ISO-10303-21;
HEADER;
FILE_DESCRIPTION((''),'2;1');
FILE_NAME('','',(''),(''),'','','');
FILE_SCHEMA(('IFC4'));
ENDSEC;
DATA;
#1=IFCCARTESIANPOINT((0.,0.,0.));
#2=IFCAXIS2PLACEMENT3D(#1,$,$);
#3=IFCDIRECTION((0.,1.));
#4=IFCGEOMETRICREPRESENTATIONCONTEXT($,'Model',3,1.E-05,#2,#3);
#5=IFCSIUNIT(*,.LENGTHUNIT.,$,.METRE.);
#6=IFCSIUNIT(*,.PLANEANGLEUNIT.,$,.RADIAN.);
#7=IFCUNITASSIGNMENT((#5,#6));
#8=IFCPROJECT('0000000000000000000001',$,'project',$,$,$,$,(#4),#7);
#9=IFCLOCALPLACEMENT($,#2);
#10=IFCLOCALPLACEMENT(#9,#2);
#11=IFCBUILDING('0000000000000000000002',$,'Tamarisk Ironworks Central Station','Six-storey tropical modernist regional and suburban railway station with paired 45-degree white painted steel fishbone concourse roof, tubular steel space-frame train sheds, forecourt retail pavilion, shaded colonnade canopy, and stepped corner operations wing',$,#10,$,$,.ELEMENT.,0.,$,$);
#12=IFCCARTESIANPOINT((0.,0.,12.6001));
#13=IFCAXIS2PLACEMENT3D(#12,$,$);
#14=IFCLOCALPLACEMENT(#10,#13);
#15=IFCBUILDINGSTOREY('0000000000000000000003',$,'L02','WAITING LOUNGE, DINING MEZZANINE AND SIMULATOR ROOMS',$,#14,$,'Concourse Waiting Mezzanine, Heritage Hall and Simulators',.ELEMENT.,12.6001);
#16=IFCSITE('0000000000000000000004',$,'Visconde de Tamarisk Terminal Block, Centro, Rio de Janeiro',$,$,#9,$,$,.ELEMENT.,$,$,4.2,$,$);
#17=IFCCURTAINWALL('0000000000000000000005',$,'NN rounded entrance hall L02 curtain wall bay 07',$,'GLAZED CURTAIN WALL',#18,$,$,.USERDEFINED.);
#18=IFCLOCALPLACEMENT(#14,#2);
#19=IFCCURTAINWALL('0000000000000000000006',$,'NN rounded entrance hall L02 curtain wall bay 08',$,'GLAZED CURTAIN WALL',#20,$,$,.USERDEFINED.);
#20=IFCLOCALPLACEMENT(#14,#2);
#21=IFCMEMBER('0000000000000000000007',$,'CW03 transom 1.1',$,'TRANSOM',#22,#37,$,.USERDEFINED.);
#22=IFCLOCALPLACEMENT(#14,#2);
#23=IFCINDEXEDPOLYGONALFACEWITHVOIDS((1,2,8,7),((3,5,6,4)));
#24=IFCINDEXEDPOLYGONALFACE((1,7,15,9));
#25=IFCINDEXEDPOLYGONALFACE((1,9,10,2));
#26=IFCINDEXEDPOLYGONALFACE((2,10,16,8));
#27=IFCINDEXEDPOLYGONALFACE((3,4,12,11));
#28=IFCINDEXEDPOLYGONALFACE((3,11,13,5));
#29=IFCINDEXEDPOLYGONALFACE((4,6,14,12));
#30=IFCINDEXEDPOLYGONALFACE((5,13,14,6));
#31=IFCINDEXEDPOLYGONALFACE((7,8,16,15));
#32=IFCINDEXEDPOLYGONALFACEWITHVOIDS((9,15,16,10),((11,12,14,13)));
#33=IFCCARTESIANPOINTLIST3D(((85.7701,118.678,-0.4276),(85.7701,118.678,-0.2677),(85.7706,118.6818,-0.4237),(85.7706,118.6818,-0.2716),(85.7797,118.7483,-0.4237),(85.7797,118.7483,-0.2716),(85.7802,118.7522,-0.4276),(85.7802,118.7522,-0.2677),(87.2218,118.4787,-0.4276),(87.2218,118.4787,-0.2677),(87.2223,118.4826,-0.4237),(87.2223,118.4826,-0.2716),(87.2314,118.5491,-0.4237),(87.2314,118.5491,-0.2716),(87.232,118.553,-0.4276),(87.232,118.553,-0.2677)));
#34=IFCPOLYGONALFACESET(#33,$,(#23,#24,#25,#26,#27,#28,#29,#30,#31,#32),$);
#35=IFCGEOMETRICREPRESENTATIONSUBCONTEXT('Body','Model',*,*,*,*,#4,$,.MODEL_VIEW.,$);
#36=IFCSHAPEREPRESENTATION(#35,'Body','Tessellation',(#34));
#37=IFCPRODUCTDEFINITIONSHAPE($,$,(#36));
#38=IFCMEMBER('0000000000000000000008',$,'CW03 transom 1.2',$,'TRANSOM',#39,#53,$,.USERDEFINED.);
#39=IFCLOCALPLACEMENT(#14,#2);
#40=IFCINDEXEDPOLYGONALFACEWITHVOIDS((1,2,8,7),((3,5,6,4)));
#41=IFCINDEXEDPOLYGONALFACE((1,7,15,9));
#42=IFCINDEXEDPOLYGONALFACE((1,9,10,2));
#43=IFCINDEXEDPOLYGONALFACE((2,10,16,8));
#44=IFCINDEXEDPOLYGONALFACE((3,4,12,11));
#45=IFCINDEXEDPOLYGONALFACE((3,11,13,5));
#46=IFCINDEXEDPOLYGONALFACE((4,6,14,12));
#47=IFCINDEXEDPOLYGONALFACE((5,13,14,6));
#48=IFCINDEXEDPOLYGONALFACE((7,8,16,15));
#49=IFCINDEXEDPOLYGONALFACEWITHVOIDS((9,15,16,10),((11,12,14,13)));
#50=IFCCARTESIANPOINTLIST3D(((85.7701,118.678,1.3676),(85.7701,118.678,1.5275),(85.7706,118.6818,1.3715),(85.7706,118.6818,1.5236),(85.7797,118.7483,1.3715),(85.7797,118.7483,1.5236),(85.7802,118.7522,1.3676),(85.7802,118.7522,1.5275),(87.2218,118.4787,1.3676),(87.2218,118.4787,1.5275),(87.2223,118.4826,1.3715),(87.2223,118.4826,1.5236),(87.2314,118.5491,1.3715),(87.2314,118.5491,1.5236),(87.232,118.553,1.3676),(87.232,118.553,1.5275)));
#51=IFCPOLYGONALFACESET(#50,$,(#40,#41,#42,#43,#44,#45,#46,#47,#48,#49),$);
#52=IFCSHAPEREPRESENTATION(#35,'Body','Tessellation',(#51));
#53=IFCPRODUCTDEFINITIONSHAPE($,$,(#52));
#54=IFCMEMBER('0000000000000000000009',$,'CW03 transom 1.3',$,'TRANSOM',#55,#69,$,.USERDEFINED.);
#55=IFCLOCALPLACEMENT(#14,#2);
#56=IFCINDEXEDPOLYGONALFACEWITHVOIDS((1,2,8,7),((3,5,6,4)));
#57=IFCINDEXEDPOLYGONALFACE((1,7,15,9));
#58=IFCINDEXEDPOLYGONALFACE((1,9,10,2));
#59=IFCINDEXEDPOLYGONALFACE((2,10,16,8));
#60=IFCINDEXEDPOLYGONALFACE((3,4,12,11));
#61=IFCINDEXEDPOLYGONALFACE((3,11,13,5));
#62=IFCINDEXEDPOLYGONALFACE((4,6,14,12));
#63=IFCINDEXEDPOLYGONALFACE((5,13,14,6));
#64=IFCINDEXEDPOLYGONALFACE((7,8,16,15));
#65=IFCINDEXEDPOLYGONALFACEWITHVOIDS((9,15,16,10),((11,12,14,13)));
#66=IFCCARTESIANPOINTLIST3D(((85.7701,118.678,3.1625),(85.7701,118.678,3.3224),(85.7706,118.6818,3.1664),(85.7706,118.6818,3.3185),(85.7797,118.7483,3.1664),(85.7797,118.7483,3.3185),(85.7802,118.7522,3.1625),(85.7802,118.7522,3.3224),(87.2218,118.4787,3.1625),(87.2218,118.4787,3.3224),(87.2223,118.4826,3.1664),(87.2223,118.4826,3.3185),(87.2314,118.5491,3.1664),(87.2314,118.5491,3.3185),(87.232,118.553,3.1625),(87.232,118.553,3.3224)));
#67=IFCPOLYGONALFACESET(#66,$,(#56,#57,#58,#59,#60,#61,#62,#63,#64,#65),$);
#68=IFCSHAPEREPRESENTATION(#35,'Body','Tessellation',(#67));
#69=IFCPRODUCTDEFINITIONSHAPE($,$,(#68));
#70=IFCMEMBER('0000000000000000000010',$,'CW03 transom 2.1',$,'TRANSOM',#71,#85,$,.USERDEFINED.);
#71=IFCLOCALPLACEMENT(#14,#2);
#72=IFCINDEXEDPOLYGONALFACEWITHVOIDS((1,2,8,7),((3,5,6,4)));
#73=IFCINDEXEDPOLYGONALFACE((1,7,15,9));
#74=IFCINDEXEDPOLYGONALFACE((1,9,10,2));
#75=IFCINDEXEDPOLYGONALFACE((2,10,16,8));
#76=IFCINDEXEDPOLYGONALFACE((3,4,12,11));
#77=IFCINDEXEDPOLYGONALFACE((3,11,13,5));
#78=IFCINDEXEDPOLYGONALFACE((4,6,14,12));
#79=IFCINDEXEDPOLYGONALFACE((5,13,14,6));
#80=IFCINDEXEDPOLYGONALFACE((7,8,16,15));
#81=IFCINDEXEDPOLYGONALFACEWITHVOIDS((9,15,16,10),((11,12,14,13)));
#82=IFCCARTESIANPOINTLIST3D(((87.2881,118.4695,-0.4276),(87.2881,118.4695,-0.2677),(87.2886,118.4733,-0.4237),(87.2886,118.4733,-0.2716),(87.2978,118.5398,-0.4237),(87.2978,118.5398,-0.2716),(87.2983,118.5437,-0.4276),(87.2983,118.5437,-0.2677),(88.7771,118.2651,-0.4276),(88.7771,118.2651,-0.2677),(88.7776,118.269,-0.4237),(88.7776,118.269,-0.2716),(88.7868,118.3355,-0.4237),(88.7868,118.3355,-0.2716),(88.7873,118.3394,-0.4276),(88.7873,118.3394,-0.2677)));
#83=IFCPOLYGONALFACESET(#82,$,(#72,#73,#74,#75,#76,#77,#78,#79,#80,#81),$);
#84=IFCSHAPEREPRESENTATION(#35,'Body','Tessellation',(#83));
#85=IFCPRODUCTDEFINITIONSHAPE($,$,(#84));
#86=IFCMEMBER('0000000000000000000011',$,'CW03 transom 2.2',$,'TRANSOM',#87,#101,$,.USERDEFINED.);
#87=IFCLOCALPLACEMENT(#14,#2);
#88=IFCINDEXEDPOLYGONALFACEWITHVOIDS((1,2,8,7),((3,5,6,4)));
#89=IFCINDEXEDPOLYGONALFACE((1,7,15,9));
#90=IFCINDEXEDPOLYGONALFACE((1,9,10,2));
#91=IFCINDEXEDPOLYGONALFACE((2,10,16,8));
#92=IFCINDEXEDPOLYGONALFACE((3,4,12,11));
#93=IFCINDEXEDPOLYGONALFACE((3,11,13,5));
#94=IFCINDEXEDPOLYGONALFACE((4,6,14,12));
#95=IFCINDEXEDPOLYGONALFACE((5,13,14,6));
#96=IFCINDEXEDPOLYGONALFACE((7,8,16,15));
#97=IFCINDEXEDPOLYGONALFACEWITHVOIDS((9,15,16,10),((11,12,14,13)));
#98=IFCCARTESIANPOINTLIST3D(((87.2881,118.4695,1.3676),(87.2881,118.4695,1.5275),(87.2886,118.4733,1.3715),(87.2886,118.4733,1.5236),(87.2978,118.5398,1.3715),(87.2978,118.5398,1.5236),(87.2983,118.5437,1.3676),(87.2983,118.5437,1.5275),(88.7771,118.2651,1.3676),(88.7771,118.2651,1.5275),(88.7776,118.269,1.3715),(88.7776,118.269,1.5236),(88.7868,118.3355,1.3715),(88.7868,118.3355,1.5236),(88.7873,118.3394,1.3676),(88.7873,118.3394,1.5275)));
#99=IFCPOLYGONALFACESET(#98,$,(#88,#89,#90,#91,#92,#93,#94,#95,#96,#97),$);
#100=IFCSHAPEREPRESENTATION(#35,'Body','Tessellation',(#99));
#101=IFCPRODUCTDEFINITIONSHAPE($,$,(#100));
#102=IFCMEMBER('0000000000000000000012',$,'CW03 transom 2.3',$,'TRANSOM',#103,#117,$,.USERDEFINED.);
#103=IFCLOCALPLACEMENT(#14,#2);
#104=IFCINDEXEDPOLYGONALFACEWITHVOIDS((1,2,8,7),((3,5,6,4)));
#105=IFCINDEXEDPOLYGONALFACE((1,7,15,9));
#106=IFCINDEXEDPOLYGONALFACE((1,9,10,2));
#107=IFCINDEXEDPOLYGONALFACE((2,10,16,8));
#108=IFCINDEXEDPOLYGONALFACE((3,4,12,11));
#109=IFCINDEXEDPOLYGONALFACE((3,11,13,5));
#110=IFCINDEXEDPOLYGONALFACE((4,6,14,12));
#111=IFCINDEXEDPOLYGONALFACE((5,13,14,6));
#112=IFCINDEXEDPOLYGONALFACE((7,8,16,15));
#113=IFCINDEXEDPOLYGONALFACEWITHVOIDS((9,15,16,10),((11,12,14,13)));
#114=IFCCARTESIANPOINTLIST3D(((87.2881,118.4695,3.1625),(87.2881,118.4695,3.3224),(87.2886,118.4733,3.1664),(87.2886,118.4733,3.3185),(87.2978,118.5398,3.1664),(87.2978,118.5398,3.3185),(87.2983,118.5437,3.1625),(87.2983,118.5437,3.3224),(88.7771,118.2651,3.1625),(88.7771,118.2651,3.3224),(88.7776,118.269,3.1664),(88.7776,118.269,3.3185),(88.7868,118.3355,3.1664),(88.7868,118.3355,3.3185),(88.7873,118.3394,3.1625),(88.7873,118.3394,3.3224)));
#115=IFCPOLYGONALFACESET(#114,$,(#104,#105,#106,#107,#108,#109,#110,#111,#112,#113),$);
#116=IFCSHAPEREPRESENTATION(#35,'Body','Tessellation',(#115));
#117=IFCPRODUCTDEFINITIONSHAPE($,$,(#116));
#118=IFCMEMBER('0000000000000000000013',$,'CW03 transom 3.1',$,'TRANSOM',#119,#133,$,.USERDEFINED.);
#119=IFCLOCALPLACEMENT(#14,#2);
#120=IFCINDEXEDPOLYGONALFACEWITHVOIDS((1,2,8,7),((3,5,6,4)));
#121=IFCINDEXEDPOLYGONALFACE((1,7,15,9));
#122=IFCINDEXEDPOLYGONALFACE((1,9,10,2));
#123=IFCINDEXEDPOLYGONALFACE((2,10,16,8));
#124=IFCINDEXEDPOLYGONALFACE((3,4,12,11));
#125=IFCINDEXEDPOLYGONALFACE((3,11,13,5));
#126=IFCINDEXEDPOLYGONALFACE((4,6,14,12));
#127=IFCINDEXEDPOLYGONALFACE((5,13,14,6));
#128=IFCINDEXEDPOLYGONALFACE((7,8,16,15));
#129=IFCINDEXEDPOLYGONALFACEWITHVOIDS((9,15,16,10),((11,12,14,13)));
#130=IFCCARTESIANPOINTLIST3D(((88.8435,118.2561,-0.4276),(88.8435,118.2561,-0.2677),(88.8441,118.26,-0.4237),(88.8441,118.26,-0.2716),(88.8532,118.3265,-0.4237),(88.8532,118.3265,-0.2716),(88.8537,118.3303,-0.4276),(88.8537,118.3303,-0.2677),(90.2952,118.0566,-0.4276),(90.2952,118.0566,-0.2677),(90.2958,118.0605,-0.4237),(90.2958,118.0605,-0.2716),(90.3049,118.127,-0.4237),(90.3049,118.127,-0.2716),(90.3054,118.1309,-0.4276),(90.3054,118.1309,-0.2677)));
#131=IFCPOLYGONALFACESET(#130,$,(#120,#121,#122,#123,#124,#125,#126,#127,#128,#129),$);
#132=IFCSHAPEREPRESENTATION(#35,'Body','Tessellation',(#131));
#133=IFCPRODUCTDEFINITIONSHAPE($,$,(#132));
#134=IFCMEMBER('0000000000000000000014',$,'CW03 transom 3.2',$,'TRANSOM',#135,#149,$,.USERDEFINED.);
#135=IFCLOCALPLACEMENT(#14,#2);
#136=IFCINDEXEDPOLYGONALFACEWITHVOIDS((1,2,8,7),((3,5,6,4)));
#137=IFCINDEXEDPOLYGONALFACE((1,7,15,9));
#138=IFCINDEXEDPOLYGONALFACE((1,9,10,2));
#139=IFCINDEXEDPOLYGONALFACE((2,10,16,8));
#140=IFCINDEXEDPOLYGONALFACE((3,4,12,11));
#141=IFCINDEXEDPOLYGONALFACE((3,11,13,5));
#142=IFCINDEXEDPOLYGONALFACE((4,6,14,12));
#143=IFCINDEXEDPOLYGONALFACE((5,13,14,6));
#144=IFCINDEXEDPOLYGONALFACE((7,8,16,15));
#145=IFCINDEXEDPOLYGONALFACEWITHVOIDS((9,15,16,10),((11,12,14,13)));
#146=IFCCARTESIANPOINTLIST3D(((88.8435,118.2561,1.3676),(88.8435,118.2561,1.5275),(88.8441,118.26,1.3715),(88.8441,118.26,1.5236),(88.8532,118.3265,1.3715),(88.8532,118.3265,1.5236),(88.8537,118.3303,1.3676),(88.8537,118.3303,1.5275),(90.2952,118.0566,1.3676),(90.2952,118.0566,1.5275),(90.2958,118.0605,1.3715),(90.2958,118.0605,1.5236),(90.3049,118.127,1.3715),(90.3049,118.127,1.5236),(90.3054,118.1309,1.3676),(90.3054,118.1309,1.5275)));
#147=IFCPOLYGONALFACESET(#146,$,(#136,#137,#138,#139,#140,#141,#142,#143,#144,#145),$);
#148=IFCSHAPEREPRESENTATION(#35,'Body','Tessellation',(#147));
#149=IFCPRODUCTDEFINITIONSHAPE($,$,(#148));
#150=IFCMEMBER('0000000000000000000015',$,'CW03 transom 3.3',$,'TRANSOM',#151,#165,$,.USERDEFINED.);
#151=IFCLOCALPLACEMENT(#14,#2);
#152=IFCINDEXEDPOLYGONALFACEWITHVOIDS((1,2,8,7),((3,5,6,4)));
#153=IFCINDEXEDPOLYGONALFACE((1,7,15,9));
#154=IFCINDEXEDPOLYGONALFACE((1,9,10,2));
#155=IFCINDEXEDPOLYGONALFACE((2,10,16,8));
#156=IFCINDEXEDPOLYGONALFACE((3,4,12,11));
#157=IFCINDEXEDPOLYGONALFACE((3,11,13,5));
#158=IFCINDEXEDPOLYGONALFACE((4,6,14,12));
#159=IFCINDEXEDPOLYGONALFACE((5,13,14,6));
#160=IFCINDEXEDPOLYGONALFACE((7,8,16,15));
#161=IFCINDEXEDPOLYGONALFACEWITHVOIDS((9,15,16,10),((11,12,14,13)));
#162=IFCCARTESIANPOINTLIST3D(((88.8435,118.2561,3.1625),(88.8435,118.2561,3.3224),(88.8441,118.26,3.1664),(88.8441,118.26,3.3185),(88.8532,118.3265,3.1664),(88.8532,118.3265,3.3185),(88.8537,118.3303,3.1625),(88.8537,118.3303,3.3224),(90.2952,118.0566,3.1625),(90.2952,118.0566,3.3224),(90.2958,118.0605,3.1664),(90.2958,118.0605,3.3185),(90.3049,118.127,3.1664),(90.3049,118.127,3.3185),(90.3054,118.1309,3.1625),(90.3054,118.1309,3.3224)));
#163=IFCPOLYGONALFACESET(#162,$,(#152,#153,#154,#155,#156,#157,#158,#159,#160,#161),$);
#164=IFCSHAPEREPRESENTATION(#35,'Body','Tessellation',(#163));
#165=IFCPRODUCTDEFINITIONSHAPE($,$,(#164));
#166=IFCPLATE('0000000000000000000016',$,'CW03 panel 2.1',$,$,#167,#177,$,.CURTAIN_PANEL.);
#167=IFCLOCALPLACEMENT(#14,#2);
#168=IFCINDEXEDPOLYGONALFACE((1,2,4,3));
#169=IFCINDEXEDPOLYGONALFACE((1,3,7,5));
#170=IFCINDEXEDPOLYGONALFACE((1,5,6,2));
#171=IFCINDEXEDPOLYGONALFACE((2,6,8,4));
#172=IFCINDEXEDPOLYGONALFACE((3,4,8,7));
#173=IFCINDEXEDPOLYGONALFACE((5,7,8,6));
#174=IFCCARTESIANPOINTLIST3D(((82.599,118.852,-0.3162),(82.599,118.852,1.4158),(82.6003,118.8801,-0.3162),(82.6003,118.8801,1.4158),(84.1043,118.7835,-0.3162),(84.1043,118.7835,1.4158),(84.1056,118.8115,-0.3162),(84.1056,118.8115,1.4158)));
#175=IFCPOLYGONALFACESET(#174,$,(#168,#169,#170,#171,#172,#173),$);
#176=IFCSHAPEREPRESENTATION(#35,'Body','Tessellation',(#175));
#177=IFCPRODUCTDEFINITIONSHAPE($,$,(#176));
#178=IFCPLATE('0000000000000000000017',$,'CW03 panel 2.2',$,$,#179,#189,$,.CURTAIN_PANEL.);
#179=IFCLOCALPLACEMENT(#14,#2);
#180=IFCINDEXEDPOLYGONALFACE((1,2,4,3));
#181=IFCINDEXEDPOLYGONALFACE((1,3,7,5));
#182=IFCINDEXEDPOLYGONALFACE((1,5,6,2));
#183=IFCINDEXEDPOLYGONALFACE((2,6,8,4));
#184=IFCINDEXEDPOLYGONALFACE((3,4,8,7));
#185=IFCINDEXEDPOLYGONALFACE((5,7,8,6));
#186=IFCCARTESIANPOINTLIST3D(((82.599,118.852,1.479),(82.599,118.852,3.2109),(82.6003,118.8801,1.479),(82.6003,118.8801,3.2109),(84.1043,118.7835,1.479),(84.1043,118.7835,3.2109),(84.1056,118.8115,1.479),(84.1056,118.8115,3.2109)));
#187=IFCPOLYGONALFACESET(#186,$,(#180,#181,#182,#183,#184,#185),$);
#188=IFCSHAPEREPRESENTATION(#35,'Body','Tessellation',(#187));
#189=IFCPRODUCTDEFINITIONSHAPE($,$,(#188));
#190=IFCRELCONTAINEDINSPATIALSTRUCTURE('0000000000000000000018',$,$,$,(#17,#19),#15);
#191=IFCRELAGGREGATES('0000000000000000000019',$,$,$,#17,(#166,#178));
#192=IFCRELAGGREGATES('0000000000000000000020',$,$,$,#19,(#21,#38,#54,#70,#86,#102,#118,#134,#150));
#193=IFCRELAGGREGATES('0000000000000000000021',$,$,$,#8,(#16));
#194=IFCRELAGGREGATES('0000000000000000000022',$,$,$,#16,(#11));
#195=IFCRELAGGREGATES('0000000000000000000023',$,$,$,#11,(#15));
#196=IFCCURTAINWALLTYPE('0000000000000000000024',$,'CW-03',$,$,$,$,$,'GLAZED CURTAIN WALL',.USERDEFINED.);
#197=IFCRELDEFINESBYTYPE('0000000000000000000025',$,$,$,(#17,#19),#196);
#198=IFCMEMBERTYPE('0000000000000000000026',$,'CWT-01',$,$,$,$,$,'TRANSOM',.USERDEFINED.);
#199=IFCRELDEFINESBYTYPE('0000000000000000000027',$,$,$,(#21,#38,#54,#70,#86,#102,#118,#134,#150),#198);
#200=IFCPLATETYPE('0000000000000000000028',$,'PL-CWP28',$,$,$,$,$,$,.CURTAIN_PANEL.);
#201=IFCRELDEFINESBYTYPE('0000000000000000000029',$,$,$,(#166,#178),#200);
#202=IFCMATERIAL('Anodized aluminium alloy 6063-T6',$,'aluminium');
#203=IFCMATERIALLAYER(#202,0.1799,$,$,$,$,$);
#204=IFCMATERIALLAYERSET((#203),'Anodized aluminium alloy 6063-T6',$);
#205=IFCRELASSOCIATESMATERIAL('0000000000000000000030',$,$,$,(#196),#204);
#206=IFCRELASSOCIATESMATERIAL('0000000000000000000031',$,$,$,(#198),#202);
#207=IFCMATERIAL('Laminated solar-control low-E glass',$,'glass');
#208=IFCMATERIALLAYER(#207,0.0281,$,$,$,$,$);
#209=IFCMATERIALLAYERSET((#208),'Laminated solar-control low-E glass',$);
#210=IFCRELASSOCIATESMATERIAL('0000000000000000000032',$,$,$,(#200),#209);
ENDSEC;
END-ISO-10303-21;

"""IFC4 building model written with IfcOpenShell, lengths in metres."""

from ifc_helpers import new_model, si_unit, direction, frame, origin, origin_2d, place, context, subcontext, project, spatial, rectangle, hollow_rectangle, extrude, material, layer, layer_set, material_profile, profile_set, type_object, element, aggregate, save


model = new_model("IFC4")

# Units and contexts
model_context = context("Model", 3, precision=1e-05, world=origin(), true_north=direction((0.0, 1.0)))
body_context = subcontext(model_context, "Body", "Model", "MODEL_VIEW")
ifc_project = project(units=[si_unit("LENGTHUNIT", "METRE"), si_unit("PLANEANGLEUNIT", "RADIAN")], contexts=[model_context])

# Site, building, storey
site_placement = place(None, origin())
site = spatial("IfcSite", under=ifc_project, at=site_placement, Name="Visconde de Tamarisk Terminal Block, Centro, Rio de Janeiro", CompositionType="ELEMENT", RefElevation=4.2)
building_placement = place(site_placement, origin())
building = spatial("IfcBuilding", under=site, at=building_placement, Name="Tamarisk Ironworks Central Station", Description="Six-storey tropical modernist regional and suburban railway station with paired 45-degree white painted steel fishbone concourse roof, tubular steel space-frame train sheds, forecourt retail pavilion, shaded colonnade canopy, and stepped corner operations wing", CompositionType="ELEMENT", ElevationOfRefHeight=0.0)
storey_placement = place(building_placement, frame((0.0, 0.0, 12.6001)))
storey = spatial("IfcBuildingStorey", under=building, at=storey_placement, Name="L02", Description="WAITING LOUNGE, DINING MEZZANINE AND SIMULATOR ROOMS", LongName="Concourse Waiting Mezzanine, Heritage Hall and Simulators", CompositionType="ELEMENT", Elevation=12.6001)

# Curtain walls
ifc_material_1 = material(Name="Anodized aluminium alloy 6063-T6", Category="aluminium")
ifc_layer_1 = layer(ifc_material_1, 0.1799)
ifc_layer_set_1 = layer_set([ifc_layer_1], Name="Anodized aluminium alloy 6063-T6")
curtain_wall_type = type_object("IfcCurtainWallType", Name="CW-03", ElementType="GLAZED CURTAIN WALL", PredefinedType="USERDEFINED", material=ifc_layer_set_1)
curtain_wall_1_placement = place(storey_placement, origin())
curtain_wall_1 = element("IfcCurtainWall", 1, at=curtain_wall_1_placement, inside=storey, type_object=curtain_wall_type, Name="NN rounded entrance hall L02 curtain wall bay 07", ObjectType="GLAZED CURTAIN WALL", PredefinedType="USERDEFINED")
curtain_wall_2_placement = place(storey_placement, origin())
curtain_wall_2 = element("IfcCurtainWall", 2, at=curtain_wall_2_placement, inside=storey, type_object=curtain_wall_type, Name="NN rounded entrance hall L02 curtain wall bay 08", ObjectType="GLAZED CURTAIN WALL", PredefinedType="USERDEFINED")

# Members
ifc_material_profile_1 = material_profile(ifc_material_1, hollow_rectangle(XDim=0.075, YDim=0.1599, WallThickness=0.0039, at=origin_2d()), Name="ALUM 160x75")
ifc_profile_set_1 = profile_set([ifc_material_profile_1], Name="Anodized aluminium alloy 6063-T6")
member_type_1 = type_object("IfcMemberType", Name="CWT-01", ElementType="TRANSOM", PredefinedType="USERDEFINED", material=ifc_profile_set_1)
member_1_placement = place(storey_placement, frame((85.7751, 118.7151, -0.3477), z_axis=(0.990714, -0.135961, 0.0), x_axis=(0.135961, 0.990714, 0.0)))
member_1 = element("IfcMember", 3, at=member_1_placement, type_object=member_type_1, Name="CW03 transom 1.1", ObjectType="TRANSOM", PredefinedType="USERDEFINED", context=body_context, shape_type="SweptSolid", body=[
    extrude(hollow_rectangle(XDim=0.075, YDim=0.1599, WallThickness=0.0039, at=origin_2d()), origin(), (0.0, 0.0, 1.0), 1.4653),
])
member_2_placement = place(storey_placement, frame((85.7751, 118.7151, 1.4475), z_axis=(0.990714, -0.135961, 0.0), x_axis=(0.135961, 0.990714, 0.0)))
member_2 = element("IfcMember", 4, at=member_2_placement, type_object=member_type_1, Name="CW03 transom 1.2", ObjectType="TRANSOM", PredefinedType="USERDEFINED", context=body_context, shape_type="SweptSolid", body=[
    extrude(hollow_rectangle(XDim=0.075, YDim=0.1599, WallThickness=0.0039, at=origin_2d()), origin(), (0.0, 0.0, 1.0), 1.4653),
])
member_3_placement = place(storey_placement, frame((85.7751, 118.7151, 3.2424), z_axis=(0.990714, -0.135961, 0.0), x_axis=(0.135961, 0.990714, 0.0)))
member_3 = element("IfcMember", 5, at=member_3_placement, type_object=member_type_1, Name="CW03 transom 1.3", ObjectType="TRANSOM", PredefinedType="USERDEFINED", context=body_context, shape_type="SweptSolid", body=[
    extrude(hollow_rectangle(XDim=0.075, YDim=0.1599, WallThickness=0.0039, at=origin_2d()), origin(), (0.0, 0.0, 1.0), 1.4653),
])
member_4_placement = place(storey_placement, frame((87.2932, 118.5066, -0.3477), z_axis=(0.990714, -0.135961, 0.0), x_axis=(0.135961, 0.990714, 0.0)))
member_4 = element("IfcMember", 6, at=member_4_placement, type_object=member_type_1, Name="CW03 transom 2.1", ObjectType="TRANSOM", PredefinedType="USERDEFINED", context=body_context, shape_type="SweptSolid", body=[
    extrude(hollow_rectangle(XDim=0.075, YDim=0.1599, WallThickness=0.0039, at=origin_2d()), origin(), (0.0, 0.0, 1.0), 1.5029),
])
member_5_placement = place(storey_placement, frame((87.2932, 118.5066, 1.4475), z_axis=(0.990714, -0.135961, 0.0), x_axis=(0.135961, 0.990714, 0.0)))
member_5 = element("IfcMember", 7, at=member_5_placement, type_object=member_type_1, Name="CW03 transom 2.2", ObjectType="TRANSOM", PredefinedType="USERDEFINED", context=body_context, shape_type="SweptSolid", body=[
    extrude(hollow_rectangle(XDim=0.075, YDim=0.1599, WallThickness=0.0039, at=origin_2d()), origin(), (0.0, 0.0, 1.0), 1.5029),
])
member_6_placement = place(storey_placement, frame((87.2932, 118.5066, 3.2424), z_axis=(0.990714, -0.135961, 0.0), x_axis=(0.135961, 0.990714, 0.0)))
member_6 = element("IfcMember", 8, at=member_6_placement, type_object=member_type_1, Name="CW03 transom 2.3", ObjectType="TRANSOM", PredefinedType="USERDEFINED", context=body_context, shape_type="SweptSolid", body=[
    extrude(hollow_rectangle(XDim=0.075, YDim=0.1599, WallThickness=0.0039, at=origin_2d()), origin(), (0.0, 0.0, 1.0), 1.5029),
])
member_7_placement = place(storey_placement, frame((88.8486, 118.2932, -0.3477), z_axis=(0.990692, -0.136124, 0.0), x_axis=(0.136124, 0.990692, 0.0)))
member_7 = element("IfcMember", 9, at=member_7_placement, type_object=member_type_1, Name="CW03 transom 3.1", ObjectType="TRANSOM", PredefinedType="USERDEFINED", context=body_context, shape_type="SweptSolid", body=[
    extrude(hollow_rectangle(XDim=0.075, YDim=0.1599, WallThickness=0.0039, at=origin_2d()), origin(), (0.0, 0.0, 1.0), 1.4653),
])
member_8_placement = place(storey_placement, frame((88.8486, 118.2932, 1.4475), z_axis=(0.990692, -0.136124, 0.0), x_axis=(0.136124, 0.990692, 0.0)))
member_8 = element("IfcMember", 10, at=member_8_placement, type_object=member_type_1, Name="CW03 transom 3.2", ObjectType="TRANSOM", PredefinedType="USERDEFINED", context=body_context, shape_type="SweptSolid", body=[
    extrude(hollow_rectangle(XDim=0.075, YDim=0.1599, WallThickness=0.0039, at=origin_2d()), origin(), (0.0, 0.0, 1.0), 1.4653),
])
member_9_placement = place(storey_placement, frame((88.8486, 118.2932, 3.2424), z_axis=(0.990692, -0.136124, 0.0), x_axis=(0.136124, 0.990692, 0.0)))
member_9 = element("IfcMember", 11, at=member_9_placement, type_object=member_type_1, Name="CW03 transom 3.3", ObjectType="TRANSOM", PredefinedType="USERDEFINED", context=body_context, shape_type="SweptSolid", body=[
    extrude(hollow_rectangle(XDim=0.075, YDim=0.1599, WallThickness=0.0039, at=origin_2d()), origin(), (0.0, 0.0, 1.0), 1.4653),
])

# Plates
ifc_material_2 = material(Name="Laminated solar-control low-E glass", Category="glass")
ifc_layer_2 = layer(ifc_material_2, 0.0281)
ifc_layer_set_2 = layer_set([ifc_layer_2], Name="Laminated solar-control low-E glass")
plate_type = type_object("IfcPlateType", Name="PL-CWP28", PredefinedType="CURTAIN_PANEL", material=ifc_layer_set_2)
plate_1_placement = place(storey_placement, frame((83.3523, 118.8318, -0.3162), z_axis=(0.0, 0.0, 1.0), x_axis=(0.998965, -0.045481, 0.0)))
plate_1 = element("IfcPlate", 12, at=plate_1_placement, type_object=plate_type, Name="CW03 panel 2.1", PredefinedType="CURTAIN_PANEL", context=body_context, shape_type="SweptSolid", body=[
    extrude(rectangle(XDim=1.5068, YDim=0.0281, at=origin_2d()), origin(), (0.0, 0.0, 1.0), 1.7319),
])
plate_2_placement = place(storey_placement, frame((83.3523, 118.8318, 1.479), z_axis=(0.0, 0.0, 1.0), x_axis=(0.998965, -0.045481, 0.0)))
plate_2 = element("IfcPlate", 13, at=plate_2_placement, type_object=plate_type, Name="CW03 panel 2.2", PredefinedType="CURTAIN_PANEL", context=body_context, shape_type="SweptSolid", body=[
    extrude(rectangle(XDim=1.5068, YDim=0.0281, at=origin_2d()), origin(), (0.0, 0.0, 1.0), 1.7319),
])
aggregate(curtain_wall_1, [plate_1, plate_2])
aggregate(curtain_wall_2, [member_1, member_2, member_3, member_4, member_5, member_6, member_7, member_8, member_9])

save(model, "model.ifc")
